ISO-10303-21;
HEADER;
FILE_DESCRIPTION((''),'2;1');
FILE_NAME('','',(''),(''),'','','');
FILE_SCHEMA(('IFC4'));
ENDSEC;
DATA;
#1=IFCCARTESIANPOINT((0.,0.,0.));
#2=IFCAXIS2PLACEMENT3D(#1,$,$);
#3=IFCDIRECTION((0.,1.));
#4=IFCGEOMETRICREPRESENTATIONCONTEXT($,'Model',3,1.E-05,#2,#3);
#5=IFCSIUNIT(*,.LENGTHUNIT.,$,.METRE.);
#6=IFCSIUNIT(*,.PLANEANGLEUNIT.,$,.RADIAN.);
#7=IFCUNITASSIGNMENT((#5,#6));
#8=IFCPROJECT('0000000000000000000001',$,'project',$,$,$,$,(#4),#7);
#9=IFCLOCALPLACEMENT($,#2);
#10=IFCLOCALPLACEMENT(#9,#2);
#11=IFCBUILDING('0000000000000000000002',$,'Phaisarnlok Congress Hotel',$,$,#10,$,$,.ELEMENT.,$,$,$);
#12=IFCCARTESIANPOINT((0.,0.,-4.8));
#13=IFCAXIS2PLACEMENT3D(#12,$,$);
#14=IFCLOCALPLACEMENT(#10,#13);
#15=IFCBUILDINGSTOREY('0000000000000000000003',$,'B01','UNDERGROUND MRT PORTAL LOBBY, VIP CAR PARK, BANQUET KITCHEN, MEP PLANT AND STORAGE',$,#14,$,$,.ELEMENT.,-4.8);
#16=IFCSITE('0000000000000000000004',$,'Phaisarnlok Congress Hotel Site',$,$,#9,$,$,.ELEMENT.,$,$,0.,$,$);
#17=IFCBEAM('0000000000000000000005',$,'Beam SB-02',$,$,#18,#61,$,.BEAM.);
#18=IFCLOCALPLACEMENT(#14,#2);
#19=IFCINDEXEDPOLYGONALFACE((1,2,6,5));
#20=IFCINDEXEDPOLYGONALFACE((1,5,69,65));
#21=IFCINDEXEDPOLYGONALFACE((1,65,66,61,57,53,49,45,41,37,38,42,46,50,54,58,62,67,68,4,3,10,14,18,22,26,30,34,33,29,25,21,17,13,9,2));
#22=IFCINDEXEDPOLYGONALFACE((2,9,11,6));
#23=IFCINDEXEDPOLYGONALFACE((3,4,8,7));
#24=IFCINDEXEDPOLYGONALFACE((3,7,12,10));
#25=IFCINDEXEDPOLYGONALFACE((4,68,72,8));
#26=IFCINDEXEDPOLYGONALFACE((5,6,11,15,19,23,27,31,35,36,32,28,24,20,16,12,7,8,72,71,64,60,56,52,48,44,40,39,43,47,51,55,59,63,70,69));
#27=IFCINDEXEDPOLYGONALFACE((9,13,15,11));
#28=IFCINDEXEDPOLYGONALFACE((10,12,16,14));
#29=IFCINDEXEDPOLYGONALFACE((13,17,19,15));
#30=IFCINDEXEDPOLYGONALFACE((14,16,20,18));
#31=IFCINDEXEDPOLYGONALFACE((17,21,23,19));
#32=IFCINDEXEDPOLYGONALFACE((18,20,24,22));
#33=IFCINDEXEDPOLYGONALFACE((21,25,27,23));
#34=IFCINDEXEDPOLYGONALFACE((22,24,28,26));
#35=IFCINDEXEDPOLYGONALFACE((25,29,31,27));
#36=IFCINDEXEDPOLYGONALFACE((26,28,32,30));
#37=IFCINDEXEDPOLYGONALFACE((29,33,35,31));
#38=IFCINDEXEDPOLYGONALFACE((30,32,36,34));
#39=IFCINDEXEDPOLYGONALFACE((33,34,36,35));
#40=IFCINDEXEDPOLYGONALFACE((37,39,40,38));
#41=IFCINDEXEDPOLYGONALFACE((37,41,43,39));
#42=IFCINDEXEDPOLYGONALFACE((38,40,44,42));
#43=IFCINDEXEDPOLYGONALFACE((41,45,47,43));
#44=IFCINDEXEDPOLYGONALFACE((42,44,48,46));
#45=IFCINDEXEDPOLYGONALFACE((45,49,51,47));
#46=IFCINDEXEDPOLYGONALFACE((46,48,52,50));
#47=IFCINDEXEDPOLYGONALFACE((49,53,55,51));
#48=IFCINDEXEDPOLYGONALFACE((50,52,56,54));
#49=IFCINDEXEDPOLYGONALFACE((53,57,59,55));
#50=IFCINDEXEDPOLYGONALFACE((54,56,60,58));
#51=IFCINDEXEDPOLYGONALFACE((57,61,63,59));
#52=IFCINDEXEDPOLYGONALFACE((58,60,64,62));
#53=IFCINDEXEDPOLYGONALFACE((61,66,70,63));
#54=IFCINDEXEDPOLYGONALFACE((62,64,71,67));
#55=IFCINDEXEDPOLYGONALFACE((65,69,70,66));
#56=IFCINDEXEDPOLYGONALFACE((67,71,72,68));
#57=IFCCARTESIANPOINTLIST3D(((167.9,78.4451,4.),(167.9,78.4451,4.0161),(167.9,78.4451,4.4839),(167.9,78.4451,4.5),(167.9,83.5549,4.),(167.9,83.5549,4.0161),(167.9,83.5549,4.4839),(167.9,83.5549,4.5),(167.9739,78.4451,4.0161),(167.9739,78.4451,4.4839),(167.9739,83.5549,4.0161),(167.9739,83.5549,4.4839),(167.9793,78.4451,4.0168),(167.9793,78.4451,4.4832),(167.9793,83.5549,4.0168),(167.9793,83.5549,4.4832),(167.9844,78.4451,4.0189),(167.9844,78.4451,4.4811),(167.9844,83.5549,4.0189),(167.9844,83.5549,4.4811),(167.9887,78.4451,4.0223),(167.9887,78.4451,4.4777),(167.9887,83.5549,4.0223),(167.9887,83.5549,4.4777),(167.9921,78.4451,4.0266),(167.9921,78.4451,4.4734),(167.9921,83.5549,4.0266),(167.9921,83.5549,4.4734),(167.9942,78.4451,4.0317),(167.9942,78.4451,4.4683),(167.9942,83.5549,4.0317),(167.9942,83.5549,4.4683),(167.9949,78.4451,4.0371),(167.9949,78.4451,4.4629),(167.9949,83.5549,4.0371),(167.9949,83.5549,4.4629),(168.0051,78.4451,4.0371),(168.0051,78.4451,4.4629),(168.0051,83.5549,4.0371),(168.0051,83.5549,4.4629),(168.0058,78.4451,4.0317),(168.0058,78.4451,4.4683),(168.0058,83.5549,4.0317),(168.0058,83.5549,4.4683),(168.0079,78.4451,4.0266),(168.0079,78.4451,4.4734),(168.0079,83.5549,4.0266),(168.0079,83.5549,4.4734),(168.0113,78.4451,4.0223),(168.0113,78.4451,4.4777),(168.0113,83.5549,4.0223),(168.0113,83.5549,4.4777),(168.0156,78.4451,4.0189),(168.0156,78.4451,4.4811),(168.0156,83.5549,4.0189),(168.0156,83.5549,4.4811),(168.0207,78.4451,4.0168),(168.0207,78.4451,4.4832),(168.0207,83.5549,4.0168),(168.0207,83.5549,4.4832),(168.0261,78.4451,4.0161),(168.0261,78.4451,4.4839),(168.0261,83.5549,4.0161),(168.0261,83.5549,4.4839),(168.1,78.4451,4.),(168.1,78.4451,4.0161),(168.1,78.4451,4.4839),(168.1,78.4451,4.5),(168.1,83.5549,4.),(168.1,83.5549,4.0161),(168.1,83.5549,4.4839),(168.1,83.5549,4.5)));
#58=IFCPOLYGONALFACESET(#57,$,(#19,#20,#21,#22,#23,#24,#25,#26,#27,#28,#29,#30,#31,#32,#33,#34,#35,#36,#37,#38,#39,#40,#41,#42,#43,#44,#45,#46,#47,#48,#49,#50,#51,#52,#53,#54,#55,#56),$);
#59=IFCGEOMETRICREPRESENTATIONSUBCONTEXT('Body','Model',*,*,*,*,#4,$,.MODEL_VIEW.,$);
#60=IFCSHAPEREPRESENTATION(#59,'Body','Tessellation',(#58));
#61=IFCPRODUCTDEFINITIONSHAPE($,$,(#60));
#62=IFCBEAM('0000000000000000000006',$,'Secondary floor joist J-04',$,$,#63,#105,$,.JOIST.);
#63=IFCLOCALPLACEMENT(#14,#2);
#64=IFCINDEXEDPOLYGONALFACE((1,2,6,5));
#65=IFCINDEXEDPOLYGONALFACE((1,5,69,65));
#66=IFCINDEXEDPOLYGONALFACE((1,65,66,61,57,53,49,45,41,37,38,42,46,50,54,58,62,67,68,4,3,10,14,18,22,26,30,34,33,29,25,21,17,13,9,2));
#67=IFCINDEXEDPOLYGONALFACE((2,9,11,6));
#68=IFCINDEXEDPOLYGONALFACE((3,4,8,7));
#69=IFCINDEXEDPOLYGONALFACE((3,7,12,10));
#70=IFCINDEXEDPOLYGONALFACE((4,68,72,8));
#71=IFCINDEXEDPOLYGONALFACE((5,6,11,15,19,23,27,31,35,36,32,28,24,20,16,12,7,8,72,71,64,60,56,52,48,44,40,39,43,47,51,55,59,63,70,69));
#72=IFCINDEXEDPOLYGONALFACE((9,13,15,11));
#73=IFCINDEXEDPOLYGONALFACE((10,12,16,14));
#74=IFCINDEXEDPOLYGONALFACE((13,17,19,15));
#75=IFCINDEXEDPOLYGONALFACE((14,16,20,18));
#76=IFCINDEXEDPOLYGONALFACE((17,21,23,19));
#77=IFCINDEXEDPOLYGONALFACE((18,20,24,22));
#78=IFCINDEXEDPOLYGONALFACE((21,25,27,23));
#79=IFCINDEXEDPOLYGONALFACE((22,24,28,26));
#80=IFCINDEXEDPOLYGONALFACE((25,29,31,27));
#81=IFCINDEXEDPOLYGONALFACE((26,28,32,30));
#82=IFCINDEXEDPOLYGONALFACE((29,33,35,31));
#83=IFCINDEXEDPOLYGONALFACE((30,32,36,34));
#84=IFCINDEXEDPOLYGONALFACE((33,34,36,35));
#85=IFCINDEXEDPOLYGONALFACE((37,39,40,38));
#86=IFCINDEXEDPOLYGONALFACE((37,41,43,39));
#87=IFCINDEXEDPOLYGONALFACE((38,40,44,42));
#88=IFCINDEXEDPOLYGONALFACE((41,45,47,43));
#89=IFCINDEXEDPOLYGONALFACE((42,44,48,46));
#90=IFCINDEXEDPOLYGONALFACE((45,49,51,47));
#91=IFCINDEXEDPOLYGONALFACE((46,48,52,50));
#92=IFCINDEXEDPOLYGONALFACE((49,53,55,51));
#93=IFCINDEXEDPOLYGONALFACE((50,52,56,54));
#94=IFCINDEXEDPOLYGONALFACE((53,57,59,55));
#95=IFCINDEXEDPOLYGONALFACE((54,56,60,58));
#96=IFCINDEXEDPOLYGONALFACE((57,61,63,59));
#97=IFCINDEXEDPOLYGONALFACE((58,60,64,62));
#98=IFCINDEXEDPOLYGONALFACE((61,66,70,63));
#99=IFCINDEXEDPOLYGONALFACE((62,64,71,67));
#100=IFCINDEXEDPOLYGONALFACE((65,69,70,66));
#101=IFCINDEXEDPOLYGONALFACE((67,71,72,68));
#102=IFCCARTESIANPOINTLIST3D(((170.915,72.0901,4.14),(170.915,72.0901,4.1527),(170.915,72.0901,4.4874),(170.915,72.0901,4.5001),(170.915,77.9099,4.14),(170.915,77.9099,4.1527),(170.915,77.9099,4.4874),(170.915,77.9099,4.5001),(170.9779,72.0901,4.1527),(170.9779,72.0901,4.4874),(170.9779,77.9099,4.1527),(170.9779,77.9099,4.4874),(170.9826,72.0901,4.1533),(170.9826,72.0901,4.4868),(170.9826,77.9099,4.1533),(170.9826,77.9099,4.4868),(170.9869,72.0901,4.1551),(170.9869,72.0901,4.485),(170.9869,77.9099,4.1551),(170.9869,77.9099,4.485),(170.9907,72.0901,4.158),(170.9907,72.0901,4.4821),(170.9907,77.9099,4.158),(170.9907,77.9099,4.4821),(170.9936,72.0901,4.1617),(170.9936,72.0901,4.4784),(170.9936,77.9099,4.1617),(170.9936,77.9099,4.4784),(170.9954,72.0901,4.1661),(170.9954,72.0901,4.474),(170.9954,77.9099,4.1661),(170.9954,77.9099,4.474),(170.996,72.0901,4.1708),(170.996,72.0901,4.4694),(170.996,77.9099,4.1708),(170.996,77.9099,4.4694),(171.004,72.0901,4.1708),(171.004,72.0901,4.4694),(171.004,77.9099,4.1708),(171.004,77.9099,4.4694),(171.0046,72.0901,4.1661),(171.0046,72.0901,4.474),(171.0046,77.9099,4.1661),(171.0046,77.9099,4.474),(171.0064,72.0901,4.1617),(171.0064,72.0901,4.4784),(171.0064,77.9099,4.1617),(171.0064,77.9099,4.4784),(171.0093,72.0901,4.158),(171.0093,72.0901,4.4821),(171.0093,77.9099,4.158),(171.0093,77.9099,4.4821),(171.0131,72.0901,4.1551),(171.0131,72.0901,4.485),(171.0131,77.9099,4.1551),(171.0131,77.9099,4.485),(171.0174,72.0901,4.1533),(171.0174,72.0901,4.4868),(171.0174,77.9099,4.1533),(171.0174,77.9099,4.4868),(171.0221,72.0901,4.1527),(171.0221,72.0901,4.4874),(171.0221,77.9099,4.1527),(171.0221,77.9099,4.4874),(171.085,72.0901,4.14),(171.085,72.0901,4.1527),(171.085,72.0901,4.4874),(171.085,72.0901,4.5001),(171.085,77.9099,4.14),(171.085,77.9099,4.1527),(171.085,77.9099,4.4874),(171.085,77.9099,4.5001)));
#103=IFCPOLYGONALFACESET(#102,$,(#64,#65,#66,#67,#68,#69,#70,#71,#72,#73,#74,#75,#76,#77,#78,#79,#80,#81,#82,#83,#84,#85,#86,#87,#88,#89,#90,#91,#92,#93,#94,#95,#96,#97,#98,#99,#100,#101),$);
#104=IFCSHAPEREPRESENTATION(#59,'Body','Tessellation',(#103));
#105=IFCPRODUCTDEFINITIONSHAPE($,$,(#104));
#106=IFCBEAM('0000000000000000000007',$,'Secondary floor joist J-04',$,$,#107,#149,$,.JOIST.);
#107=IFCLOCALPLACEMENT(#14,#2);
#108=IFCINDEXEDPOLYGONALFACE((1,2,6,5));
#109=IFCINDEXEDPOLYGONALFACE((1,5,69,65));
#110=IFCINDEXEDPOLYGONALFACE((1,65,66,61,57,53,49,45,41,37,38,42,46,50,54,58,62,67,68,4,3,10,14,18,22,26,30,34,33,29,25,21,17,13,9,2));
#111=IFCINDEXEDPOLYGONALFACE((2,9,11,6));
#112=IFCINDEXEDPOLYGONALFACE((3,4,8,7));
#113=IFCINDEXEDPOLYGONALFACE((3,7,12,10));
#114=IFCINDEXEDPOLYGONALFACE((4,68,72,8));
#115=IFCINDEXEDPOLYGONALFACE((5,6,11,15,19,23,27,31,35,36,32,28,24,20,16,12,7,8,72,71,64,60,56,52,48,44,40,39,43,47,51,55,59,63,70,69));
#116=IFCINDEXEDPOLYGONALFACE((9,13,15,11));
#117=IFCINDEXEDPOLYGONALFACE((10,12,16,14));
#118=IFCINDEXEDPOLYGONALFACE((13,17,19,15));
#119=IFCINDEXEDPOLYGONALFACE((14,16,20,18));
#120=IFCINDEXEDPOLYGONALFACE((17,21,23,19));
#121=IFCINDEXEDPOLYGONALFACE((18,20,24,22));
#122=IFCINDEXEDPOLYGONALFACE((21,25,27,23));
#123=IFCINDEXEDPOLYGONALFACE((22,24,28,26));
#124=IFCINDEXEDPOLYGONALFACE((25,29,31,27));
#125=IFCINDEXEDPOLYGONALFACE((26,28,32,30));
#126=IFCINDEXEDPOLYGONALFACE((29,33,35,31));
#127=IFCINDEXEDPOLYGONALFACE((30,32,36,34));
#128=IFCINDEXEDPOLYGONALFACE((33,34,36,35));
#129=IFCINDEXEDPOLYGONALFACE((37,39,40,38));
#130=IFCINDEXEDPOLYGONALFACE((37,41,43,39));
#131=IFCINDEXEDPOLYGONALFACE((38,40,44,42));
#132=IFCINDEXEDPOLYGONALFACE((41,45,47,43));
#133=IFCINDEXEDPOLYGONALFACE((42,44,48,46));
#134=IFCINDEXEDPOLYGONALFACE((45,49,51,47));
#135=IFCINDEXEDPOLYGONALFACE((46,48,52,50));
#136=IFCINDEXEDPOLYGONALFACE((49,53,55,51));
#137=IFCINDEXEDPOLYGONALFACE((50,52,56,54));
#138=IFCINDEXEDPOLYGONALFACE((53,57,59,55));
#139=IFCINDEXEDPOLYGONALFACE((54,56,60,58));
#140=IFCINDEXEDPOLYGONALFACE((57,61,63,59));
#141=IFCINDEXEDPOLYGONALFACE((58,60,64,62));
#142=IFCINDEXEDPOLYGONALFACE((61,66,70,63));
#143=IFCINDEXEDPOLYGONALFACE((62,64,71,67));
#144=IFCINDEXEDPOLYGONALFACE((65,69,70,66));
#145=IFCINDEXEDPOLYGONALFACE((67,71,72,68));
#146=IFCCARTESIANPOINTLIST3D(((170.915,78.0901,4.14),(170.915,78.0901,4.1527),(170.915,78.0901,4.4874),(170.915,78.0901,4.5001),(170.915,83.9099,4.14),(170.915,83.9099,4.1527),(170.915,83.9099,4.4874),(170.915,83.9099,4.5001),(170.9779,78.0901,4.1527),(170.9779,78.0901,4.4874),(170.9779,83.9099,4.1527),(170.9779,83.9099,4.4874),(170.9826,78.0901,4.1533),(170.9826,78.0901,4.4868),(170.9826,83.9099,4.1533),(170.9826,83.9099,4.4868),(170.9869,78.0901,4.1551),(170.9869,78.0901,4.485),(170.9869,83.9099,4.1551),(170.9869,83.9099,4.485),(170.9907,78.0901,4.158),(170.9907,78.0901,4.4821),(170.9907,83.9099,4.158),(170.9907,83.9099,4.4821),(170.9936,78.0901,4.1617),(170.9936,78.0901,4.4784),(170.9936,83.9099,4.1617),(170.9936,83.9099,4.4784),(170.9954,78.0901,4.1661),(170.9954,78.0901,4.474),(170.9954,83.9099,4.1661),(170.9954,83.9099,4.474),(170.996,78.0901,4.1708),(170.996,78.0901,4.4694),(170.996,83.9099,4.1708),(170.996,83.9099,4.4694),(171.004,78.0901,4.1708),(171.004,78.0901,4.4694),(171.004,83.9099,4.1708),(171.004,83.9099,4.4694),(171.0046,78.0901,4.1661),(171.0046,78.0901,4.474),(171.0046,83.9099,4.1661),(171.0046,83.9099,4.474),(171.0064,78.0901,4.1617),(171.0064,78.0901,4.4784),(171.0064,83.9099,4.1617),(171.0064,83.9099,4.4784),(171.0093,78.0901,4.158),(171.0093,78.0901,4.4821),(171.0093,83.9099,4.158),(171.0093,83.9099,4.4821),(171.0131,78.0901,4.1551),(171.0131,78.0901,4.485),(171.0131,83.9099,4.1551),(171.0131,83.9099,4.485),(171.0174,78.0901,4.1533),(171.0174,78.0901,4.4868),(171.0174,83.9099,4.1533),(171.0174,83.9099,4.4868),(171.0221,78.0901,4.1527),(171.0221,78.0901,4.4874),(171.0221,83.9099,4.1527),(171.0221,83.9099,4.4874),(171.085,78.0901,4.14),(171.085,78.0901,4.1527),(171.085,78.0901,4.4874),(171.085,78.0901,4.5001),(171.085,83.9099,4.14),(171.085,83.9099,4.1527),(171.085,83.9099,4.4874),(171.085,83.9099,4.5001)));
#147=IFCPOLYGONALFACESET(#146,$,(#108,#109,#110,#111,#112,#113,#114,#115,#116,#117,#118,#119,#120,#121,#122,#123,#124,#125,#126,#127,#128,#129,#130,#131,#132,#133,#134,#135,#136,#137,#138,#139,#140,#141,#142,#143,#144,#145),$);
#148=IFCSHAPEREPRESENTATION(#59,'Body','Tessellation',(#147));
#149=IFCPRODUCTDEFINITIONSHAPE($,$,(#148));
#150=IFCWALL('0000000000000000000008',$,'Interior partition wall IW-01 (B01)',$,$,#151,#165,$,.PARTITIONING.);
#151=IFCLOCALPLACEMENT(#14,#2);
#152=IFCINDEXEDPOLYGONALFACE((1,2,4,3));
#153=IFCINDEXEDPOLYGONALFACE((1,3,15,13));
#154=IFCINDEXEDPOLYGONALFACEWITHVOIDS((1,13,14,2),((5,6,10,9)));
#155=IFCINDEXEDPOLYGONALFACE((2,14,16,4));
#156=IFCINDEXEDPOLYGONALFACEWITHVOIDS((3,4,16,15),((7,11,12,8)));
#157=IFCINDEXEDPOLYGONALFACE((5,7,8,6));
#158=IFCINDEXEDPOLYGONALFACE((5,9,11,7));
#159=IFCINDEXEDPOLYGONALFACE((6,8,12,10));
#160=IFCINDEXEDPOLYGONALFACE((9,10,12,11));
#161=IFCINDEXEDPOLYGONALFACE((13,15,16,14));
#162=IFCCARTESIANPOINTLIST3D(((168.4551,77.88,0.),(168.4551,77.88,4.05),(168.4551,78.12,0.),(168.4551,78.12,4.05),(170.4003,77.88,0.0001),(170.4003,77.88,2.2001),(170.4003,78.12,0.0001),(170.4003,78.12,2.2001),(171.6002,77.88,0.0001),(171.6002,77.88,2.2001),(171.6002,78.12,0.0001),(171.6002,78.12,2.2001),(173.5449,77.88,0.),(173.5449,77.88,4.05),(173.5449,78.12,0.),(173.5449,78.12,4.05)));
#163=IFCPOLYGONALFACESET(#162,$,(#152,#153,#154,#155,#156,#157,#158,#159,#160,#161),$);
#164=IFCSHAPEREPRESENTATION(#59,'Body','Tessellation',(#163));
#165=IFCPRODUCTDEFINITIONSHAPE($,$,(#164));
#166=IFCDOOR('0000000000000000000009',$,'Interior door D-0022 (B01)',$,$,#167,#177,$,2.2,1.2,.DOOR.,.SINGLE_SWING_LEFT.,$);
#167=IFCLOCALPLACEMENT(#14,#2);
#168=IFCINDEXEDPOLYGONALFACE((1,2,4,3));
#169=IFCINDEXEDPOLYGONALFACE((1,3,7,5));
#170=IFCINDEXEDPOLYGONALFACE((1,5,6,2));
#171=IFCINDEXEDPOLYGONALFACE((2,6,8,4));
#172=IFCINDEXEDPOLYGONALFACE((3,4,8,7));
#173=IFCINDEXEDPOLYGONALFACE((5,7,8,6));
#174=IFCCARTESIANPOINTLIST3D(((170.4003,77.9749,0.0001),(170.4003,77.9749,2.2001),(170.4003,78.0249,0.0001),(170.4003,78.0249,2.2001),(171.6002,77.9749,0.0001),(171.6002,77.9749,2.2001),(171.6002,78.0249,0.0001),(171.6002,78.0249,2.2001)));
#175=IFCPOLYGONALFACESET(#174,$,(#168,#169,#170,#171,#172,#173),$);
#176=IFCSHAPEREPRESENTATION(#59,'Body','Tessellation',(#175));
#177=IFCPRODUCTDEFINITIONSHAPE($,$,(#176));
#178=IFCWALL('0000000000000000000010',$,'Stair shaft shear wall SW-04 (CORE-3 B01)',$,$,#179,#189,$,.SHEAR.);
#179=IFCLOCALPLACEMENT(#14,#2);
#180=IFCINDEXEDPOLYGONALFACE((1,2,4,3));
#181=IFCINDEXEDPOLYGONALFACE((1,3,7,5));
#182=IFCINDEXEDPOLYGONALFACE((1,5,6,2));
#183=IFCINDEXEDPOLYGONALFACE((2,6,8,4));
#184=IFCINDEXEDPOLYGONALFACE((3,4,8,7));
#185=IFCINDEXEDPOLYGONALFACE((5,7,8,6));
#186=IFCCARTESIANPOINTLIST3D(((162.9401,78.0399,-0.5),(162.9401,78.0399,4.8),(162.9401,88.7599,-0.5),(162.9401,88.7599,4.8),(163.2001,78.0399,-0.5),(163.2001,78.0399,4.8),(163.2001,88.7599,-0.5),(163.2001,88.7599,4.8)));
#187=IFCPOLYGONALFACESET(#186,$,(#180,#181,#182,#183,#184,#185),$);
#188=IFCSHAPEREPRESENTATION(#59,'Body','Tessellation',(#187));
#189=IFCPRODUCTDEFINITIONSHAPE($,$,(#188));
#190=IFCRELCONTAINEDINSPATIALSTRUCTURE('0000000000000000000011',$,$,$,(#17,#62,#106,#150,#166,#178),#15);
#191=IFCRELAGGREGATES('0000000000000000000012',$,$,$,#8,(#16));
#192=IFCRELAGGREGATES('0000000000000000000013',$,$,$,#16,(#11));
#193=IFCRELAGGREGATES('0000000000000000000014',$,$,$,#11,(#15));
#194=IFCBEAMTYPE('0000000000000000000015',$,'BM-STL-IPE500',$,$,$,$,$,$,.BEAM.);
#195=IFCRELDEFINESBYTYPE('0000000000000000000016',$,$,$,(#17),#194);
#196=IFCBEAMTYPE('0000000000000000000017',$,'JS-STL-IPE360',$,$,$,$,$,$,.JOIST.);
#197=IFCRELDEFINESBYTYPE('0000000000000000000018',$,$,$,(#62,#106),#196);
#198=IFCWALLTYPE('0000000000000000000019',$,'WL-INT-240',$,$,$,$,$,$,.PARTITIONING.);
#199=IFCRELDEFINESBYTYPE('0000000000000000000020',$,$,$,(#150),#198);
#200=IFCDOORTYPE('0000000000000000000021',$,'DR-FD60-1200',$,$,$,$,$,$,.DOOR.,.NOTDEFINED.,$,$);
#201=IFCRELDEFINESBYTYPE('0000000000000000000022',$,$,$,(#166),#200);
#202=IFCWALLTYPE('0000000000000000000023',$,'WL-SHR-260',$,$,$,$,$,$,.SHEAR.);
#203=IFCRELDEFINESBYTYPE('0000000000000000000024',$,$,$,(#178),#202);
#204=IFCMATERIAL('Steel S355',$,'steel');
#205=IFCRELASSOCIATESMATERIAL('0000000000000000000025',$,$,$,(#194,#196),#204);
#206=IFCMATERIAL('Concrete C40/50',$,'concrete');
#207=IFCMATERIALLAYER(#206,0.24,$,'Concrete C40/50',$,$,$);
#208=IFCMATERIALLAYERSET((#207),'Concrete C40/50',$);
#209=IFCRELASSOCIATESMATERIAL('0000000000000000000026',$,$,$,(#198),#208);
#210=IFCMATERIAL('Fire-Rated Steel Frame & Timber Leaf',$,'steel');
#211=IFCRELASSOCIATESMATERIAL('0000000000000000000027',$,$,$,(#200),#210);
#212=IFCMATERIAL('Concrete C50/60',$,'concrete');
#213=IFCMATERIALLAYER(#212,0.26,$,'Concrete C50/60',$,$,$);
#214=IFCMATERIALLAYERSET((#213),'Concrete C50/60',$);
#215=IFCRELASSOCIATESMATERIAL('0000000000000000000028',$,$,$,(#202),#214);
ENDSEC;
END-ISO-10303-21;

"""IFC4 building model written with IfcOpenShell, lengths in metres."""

from ifc_helpers import new_model, si_unit, direction, frame, frame_2d, origin, origin_2d, place, context, subcontext, project, spatial, rectangle, i_section, extrude, material, layer, layer_set, material_profile, profile_set, type_object, element, fill, save


model = new_model("IFC4")

# Units and contexts
model_context = context("Model", 3, precision=1e-05, world=origin(), true_north=direction((0.0, 1.0)))
body_context = subcontext(model_context, "Body", "Model", "MODEL_VIEW")
ifc_project = project(units=[si_unit("LENGTHUNIT", "METRE"), si_unit("PLANEANGLEUNIT", "RADIAN")], contexts=[model_context])

# Site, building, storey
site_placement = place(None, origin())
site = spatial("IfcSite", under=ifc_project, at=site_placement, Name="Phaisarnlok Congress Hotel Site", CompositionType="ELEMENT", RefElevation=0.0)
building_placement = place(site_placement, origin())
building = spatial("IfcBuilding", under=site, at=building_placement, Name="Phaisarnlok Congress Hotel", CompositionType="ELEMENT")
storey_placement = place(building_placement, frame((0.0, 0.0, -4.8)))
storey = spatial("IfcBuildingStorey", under=building, at=storey_placement, Name="B01", Description="UNDERGROUND MRT PORTAL LOBBY, VIP CAR PARK, BANQUET KITCHEN, MEP PLANT AND STORAGE", CompositionType="ELEMENT", Elevation=-4.8)

# Shared definitions
ifc_material_1 = material(Name="Concrete C40/50", Category="concrete")

# Shared definitions
ifc_material_2 = material(Name="Concrete C50/60", Category="concrete")

# Beams
ifc_material_3 = material(Name="Steel S355", Category="steel")
ifc_material_profile_1 = material_profile(ifc_material_3, i_section(OverallWidth=0.2, OverallDepth=0.5, WebThickness=0.0103, FlangeThickness=0.0161, FilletRadius=0.021, at=origin_2d()), Name="IPE 500")
ifc_profile_set_1 = profile_set([ifc_material_profile_1], Name="Steel S355")
beam_type_1 = type_object("IfcBeamType", Name="BM-STL-IPE500", PredefinedType="BEAM", material=ifc_profile_set_1)
beam_1_placement = place(storey_placement, frame((168.0, 78.4451, 4.25), z_axis=(0.0, 1.0, 0.0), x_axis=(-1.0, 0.0, 0.0)))
element("IfcBeam", 1, at=beam_1_placement, inside=storey, type_object=beam_type_1, Name="Beam SB-02", PredefinedType="BEAM", context=body_context, shape_type="SweptSolid", body=[
    extrude(i_section(OverallWidth=0.2, OverallDepth=0.5, WebThickness=0.0103, FlangeThickness=0.0161, FilletRadius=0.021, at=origin_2d()), origin(), (0.0, 0.0, 1.0), 5.1099),
])
ifc_material_profile_2 = material_profile(ifc_material_3, i_section(OverallWidth=0.1699, OverallDepth=0.3601, WebThickness=0.0081, FlangeThickness=0.0127, FilletRadius=0.0181, at=origin_2d()), Name="IPE 360")
ifc_profile_set_2 = profile_set([ifc_material_profile_2], Name="Steel S355")
beam_type_2 = type_object("IfcBeamType", Name="JS-STL-IPE360", PredefinedType="JOIST", material=ifc_profile_set_2)
for number, where, z_axis, x_axis, name in (
    (2, (171.0, 72.0901, 4.3201), (0.0, 1.0, 0.0), (-1.0, 0.0, 0.0), "Secondary floor joist J-04"),
    (3, (171.0, 78.0901, 4.3201), (0.0, 1.0, 0.0), (-1.0, 0.0, 0.0), "Secondary floor joist J-04"),
):
    element("IfcBeam", number, at=place(storey_placement, frame(where, z_axis=z_axis, x_axis=x_axis)), inside=storey, type_object=beam_type_2, Name=name, PredefinedType="JOIST", context=body_context, shape_type="SweptSolid", body=[
        extrude(i_section(OverallWidth=0.1699, OverallDepth=0.3601, WebThickness=0.0081, FlangeThickness=0.0127, FilletRadius=0.0181, at=origin_2d()), origin(), (0.0, 0.0, 1.0), 5.8198),
    ])

# Wall, opening, door
ifc_layer_1 = layer(ifc_material_1, 0.24, Name="Concrete C40/50")
ifc_layer_set_1 = layer_set([ifc_layer_1], Name="Concrete C40/50")
wall_type_1 = type_object("IfcWallType", Name="WL-INT-240", PredefinedType="PARTITIONING", material=ifc_layer_set_1)
wall_1_placement = place(storey_placement, frame((168.4551, 78.0, 0.0), z_axis=(0.0, 0.0, 1.0), x_axis=(1.0, 0.0, 0.0)))
wall_1 = element("IfcWall", 4, at=wall_1_placement, inside=storey, type_object=wall_type_1, Name="Interior partition wall IW-01 (B01)", PredefinedType="PARTITIONING", context=body_context, shape_type="SweptSolid", body=[
    extrude(rectangle(XDim=5.0898, YDim=0.24, at=frame_2d((2.5449, 0.0))), origin(), (0.0, 0.0, 1.0), 4.05),
])
opening_placement = place(wall_1_placement, frame((1.9451, 0.0, 0.0)))
opening = element("IfcOpeningElement", 5, at=opening_placement, cuts=wall_1, PredefinedType="OPENING", context=body_context, shape_type="SweptSolid", body=[
    extrude(rectangle(XDim=1.2, YDim=2.2, at=frame_2d((0.6001, 1.1001))), frame((0.0, 0.1299, 0.0), z_axis=(0.0, -1.0, 0.0), x_axis=(1.0, 0.0, 0.0)), (0.0, 0.0, 1.0), 0.26),
])
ifc_material_4 = material(Name="Fire-Rated Steel Frame & Timber Leaf", Category="steel")
door_type = type_object("IfcDoorType", Name="DR-FD60-1200", OperationType="NOTDEFINED", PredefinedType="DOOR", material=ifc_material_4)
door_placement = place(opening_placement, origin())
door = element("IfcDoor", 6, at=door_placement, inside=storey, type_object=door_type, Name="Interior door D-0022 (B01)", OperationType="SINGLE_SWING_LEFT", OverallHeight=2.2, OverallWidth=1.2, PredefinedType="DOOR", context=body_context, shape_type="SweptSolid", body=[
    extrude(rectangle(XDim=1.2, YDim=2.2, at=frame_2d((0.6001, 1.1001))), frame((0.0, 0.0249, 0.0), z_axis=(0.0, -1.0, 0.0), x_axis=(1.0, 0.0, 0.0)), (0.0, 0.0, 1.0), 0.05),
])
fill(opening, door)

# Wall
ifc_layer_2 = layer(ifc_material_2, 0.26, Name="Concrete C50/60")
ifc_layer_set_2 = layer_set([ifc_layer_2], Name="Concrete C50/60")
wall_type_2 = type_object("IfcWallType", Name="WL-SHR-260", PredefinedType="SHEAR", material=ifc_layer_set_2)
for number, where, z_axis, x_axis, name in (
    (7, (163.0701, 78.04, -0.5), (0.0, 0.0, 1.0), (0.0, 1.0, 0.0), "Stair shaft shear wall SW-04 (CORE-3 B01)"),
):
    element("IfcWall", number, at=place(storey_placement, frame(where, z_axis=z_axis, x_axis=x_axis)), inside=storey, type_object=wall_type_2, Name=name, PredefinedType="SHEAR", context=body_context, shape_type="SweptSolid", body=[
        extrude(rectangle(XDim=10.72, YDim=0.26, at=frame_2d((5.3599, 0.0))), origin(), (0.0, 0.0, 1.0), 5.3),
    ])

save(model, "model.ifc")
